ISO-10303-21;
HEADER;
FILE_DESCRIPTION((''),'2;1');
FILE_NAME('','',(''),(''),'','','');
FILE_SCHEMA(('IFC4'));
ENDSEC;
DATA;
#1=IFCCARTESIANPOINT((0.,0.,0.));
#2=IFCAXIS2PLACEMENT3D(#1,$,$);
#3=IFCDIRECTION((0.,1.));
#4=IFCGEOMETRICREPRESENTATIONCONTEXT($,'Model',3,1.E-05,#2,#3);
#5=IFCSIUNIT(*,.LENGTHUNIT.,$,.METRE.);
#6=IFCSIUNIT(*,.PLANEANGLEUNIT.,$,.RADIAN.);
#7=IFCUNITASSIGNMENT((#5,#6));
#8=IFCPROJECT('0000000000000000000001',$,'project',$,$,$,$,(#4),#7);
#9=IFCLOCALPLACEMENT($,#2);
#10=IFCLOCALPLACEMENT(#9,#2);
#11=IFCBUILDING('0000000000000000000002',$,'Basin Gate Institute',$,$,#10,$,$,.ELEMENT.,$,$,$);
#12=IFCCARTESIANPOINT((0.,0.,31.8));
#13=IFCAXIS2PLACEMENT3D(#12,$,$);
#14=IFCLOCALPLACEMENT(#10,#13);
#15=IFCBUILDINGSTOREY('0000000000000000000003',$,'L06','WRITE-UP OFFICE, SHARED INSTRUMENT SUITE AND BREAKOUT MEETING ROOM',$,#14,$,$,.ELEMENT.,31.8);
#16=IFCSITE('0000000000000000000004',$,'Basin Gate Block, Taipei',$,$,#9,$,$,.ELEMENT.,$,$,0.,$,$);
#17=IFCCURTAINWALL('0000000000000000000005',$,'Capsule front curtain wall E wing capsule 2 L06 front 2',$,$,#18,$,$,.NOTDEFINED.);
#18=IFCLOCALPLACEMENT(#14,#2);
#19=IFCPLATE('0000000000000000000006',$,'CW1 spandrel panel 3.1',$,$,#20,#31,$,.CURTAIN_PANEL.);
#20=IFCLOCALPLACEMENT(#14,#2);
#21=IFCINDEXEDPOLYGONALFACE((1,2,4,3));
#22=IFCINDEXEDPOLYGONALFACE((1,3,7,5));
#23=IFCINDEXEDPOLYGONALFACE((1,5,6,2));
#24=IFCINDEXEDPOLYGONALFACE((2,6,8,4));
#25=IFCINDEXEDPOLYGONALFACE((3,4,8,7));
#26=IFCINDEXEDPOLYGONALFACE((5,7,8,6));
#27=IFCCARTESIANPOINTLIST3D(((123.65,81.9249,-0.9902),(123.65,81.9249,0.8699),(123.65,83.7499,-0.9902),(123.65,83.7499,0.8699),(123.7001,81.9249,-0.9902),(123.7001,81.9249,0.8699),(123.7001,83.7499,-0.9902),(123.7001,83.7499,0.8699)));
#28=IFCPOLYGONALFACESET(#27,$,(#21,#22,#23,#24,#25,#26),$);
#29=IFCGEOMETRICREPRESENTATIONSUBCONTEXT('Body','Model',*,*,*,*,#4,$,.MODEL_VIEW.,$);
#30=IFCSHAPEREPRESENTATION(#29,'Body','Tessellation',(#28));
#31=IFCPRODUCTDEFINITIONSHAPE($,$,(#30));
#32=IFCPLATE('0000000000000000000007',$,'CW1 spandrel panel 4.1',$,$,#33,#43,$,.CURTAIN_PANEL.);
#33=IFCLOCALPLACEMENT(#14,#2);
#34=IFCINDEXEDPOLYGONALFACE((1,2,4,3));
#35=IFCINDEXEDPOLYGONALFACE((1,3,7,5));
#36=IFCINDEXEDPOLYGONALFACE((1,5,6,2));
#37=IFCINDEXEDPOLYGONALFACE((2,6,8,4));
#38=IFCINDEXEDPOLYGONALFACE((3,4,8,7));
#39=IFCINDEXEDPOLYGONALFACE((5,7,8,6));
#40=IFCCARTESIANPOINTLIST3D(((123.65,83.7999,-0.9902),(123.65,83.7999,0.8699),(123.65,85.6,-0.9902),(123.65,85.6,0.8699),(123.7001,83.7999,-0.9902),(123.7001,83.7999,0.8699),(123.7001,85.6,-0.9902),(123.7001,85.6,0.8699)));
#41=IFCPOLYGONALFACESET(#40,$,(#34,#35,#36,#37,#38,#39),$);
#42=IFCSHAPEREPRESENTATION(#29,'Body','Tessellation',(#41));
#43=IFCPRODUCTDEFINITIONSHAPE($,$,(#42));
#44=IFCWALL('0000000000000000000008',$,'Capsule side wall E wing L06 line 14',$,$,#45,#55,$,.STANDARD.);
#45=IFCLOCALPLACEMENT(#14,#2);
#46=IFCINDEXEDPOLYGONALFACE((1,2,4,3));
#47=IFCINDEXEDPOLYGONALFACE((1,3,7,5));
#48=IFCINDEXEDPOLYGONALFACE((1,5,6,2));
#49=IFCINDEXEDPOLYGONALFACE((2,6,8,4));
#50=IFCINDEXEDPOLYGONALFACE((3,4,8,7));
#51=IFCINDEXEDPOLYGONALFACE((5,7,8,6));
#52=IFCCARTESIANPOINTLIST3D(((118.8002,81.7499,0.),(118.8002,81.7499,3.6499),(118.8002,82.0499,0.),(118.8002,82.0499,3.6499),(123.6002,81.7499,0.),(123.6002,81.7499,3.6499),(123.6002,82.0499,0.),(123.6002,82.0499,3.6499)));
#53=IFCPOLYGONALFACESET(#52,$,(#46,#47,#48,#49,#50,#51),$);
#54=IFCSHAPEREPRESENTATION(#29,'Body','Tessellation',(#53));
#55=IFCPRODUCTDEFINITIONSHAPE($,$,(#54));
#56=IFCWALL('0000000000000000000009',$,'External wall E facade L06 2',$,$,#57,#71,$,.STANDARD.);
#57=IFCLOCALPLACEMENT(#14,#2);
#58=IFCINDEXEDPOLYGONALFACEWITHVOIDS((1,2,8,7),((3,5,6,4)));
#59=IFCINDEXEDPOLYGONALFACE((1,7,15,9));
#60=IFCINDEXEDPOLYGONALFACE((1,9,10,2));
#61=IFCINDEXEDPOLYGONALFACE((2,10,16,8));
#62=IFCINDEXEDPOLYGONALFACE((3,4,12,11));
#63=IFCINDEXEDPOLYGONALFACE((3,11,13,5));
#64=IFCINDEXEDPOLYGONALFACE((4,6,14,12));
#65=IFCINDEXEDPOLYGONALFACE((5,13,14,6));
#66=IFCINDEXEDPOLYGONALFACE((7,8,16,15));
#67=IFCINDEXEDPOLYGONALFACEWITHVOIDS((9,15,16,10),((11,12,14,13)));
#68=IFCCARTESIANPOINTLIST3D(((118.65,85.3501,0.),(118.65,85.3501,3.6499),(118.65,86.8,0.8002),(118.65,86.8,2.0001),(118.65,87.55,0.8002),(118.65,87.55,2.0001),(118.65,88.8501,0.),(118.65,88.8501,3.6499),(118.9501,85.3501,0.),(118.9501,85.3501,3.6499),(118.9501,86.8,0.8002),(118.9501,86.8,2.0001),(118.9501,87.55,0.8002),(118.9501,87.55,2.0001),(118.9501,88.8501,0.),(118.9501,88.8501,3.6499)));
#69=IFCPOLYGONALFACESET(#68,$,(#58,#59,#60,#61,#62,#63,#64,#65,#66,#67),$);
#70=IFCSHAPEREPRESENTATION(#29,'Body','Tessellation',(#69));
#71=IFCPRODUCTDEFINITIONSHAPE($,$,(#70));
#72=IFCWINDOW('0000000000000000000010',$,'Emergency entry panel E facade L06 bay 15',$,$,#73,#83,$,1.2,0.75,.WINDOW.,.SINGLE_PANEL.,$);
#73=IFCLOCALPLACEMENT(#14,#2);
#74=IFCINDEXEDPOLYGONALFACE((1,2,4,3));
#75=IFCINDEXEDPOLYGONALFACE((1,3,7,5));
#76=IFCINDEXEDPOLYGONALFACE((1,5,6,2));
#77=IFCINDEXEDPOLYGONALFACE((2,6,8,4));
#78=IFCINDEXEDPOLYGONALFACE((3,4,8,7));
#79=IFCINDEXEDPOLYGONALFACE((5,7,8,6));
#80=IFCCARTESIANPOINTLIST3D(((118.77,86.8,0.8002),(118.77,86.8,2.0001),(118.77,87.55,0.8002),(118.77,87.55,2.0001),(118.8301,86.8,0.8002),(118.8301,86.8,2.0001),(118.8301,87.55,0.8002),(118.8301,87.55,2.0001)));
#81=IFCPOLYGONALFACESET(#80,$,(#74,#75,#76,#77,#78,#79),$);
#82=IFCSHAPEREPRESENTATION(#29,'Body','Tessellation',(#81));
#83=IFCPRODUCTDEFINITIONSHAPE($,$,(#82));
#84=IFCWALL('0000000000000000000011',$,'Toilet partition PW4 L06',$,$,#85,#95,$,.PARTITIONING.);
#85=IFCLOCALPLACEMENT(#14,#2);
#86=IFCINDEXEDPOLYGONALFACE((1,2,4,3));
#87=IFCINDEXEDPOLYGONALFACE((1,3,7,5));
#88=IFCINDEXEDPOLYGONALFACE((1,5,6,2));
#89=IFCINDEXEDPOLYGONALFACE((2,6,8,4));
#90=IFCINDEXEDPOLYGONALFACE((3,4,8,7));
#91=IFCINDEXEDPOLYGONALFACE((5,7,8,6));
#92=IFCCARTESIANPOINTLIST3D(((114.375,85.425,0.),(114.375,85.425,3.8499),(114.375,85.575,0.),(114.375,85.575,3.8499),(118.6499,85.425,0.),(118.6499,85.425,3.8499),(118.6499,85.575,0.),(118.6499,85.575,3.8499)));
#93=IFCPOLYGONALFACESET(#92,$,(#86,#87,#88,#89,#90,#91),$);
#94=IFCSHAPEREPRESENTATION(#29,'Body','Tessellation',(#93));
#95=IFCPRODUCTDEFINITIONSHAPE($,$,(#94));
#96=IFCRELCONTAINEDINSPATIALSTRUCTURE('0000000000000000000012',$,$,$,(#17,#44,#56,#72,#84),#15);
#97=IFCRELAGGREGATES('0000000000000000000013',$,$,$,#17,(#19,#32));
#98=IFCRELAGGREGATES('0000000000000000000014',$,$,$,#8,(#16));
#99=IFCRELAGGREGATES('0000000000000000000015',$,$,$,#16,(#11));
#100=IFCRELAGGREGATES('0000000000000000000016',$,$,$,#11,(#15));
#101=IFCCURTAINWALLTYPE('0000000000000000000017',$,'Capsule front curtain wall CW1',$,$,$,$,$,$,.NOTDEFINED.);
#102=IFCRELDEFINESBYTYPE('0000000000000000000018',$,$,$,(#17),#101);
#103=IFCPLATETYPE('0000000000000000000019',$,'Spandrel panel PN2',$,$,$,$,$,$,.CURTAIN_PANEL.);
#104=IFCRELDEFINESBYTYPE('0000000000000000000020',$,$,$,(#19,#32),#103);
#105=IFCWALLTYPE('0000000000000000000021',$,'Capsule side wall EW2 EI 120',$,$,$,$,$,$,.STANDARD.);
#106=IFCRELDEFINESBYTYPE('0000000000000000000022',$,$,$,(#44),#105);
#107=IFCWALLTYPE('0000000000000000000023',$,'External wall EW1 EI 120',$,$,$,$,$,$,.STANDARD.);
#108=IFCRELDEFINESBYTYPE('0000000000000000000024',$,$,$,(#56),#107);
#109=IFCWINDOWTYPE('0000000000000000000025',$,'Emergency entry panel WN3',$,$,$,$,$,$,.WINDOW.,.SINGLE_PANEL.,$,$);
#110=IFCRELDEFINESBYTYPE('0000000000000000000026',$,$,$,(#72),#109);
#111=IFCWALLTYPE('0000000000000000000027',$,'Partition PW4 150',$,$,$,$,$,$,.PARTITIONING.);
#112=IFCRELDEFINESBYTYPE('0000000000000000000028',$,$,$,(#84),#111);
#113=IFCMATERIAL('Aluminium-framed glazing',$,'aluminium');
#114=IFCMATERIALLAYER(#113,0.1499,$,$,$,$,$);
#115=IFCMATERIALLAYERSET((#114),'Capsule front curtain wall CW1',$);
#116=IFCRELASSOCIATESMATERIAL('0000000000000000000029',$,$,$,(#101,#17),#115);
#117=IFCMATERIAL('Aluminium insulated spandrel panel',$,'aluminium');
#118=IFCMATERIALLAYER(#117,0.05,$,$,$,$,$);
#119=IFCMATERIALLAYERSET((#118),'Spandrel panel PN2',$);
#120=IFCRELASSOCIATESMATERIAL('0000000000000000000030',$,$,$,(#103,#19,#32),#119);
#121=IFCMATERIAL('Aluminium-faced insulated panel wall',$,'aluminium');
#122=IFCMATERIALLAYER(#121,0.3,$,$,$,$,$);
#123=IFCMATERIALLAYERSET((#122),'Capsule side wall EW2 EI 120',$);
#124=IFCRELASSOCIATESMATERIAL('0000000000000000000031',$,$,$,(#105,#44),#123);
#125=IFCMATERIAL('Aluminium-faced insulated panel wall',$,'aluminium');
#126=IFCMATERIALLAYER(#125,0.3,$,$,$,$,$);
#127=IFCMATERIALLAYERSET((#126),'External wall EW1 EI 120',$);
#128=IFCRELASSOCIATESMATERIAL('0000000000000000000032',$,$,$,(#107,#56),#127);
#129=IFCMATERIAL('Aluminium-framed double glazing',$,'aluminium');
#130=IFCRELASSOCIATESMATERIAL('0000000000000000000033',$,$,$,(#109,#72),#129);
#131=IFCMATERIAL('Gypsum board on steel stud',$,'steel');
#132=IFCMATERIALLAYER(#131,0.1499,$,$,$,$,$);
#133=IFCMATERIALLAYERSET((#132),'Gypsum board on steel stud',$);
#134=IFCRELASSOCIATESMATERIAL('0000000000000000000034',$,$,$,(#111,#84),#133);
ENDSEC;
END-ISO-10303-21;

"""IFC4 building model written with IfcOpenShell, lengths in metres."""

from ifc_helpers import new_model, si_unit, direction, frame, frame_2d, origin, origin_2d, place, context, subcontext, project, spatial, rectangle, extrude, material, layer, layer_set, type_object, element, fill, aggregate, save


model = new_model("IFC4")

# Units and contexts
model_context = context("Model", 3, precision=1e-05, world=origin(), true_north=direction((0.0, 1.0)))
body_context = subcontext(model_context, "Body", "Model", "MODEL_VIEW")
ifc_project = project(units=[si_unit("LENGTHUNIT", "METRE"), si_unit("PLANEANGLEUNIT", "RADIAN")], contexts=[model_context])

# Site, building, storey
site_placement = place(None, origin())
site = spatial("IfcSite", under=ifc_project, at=site_placement, Name="Basin Gate Block, Taipei", CompositionType="ELEMENT", RefElevation=0.0)
building_placement = place(site_placement, origin())
building = spatial("IfcBuilding", under=site, at=building_placement, Name="Basin Gate Institute", CompositionType="ELEMENT")
storey_placement = place(building_placement, frame((0.0, 0.0, 31.8)))
storey = spatial("IfcBuildingStorey", under=building, at=storey_placement, Name="L06", Description="WRITE-UP OFFICE, SHARED INSTRUMENT SUITE AND BREAKOUT MEETING ROOM", CompositionType="ELEMENT", Elevation=31.8)

# Curtain wall
ifc_material_1 = material(Name="Aluminium-framed glazing", Category="aluminium")
ifc_layer_1 = layer(ifc_material_1, 0.1499)
ifc_layer_set_1 = layer_set([ifc_layer_1], Name="Capsule front curtain wall CW1")
curtain_wall_type = type_object("IfcCurtainWallType", Name="Capsule front curtain wall CW1", PredefinedType="NOTDEFINED", material=ifc_layer_set_1)
curtain_wall_1_placement = place(storey_placement, origin())
curtain_wall_1 = element("IfcCurtainWall", 1, at=curtain_wall_1_placement, inside=storey, type_object=curtain_wall_type, material=ifc_layer_set_1, Name="Capsule front curtain wall E wing capsule 2 L06 front 2", PredefinedType="NOTDEFINED")

# Plates
ifc_material_2 = material(Name="Aluminium insulated spandrel panel", Category="aluminium")
ifc_layer_2 = layer(ifc_material_2, 0.05)
ifc_layer_set_2 = layer_set([ifc_layer_2], Name="Spandrel panel PN2")
plate_type = type_object("IfcPlateType", Name="Spandrel panel PN2", PredefinedType="CURTAIN_PANEL", material=ifc_layer_set_2)
plate_1_placement = place(storey_placement, frame((123.675, 82.8374, -0.9902), z_axis=(0.0, 0.0, 1.0), x_axis=(0.0, 1.0, 0.0)))
plate_1 = element("IfcPlate", 2, at=plate_1_placement, type_object=plate_type, material=ifc_layer_set_2, Name="CW1 spandrel panel 3.1", PredefinedType="CURTAIN_PANEL", context=body_context, shape_type="SweptSolid", body=[
    extrude(rectangle(XDim=1.825, YDim=0.05, at=origin_2d()), origin(), (0.0, 0.0, 1.0), 1.8601),
])
plate_2_placement = place(storey_placement, frame((123.675, 84.7, -0.9902), z_axis=(0.0, 0.0, 1.0), x_axis=(0.0, 1.0, 0.0)))
plate_2 = element("IfcPlate", 3, at=plate_2_placement, type_object=plate_type, material=ifc_layer_set_2, Name="CW1 spandrel panel 4.1", PredefinedType="CURTAIN_PANEL", context=body_context, shape_type="SweptSolid", body=[
    extrude(rectangle(XDim=1.8, YDim=0.05, at=origin_2d()), origin(), (0.0, 0.0, 1.0), 1.8601),
])
aggregate(curtain_wall_1, [plate_1, plate_2])

# Wall
ifc_material_3 = material(Name="Aluminium-faced insulated panel wall", Category="aluminium")
ifc_layer_3 = layer(ifc_material_3, 0.3)
ifc_layer_set_3 = layer_set([ifc_layer_3], Name="Capsule side wall EW2 EI 120")
wall_type_1 = type_object("IfcWallType", Name="Capsule side wall EW2 EI 120", PredefinedType="STANDARD", material=ifc_layer_set_3)
wall_1_placement = place(storey_placement, frame((123.6001, 81.8999, 0.0), z_axis=(0.0, 0.0, 1.0), x_axis=(-1.0, 0.0, 0.0)))
element("IfcWall", 4, at=wall_1_placement, inside=storey, type_object=wall_type_1, material=ifc_layer_set_3, Name="Capsule side wall E wing L06 line 14", PredefinedType="STANDARD", context=body_context, shape_type="SweptSolid", body=[
    extrude(rectangle(XDim=4.8, YDim=0.3, at=frame_2d((2.3999, 0.0))), origin(), (0.0, 0.0, 1.0), 3.6499),
])

# Wall, opening, window
ifc_material_4 = material(Name="Aluminium-faced insulated panel wall", Category="aluminium")
ifc_layer_4 = layer(ifc_material_4, 0.3)
ifc_layer_set_4 = layer_set([ifc_layer_4], Name="External wall EW1 EI 120")
wall_type_2 = type_object("IfcWallType", Name="External wall EW1 EI 120", PredefinedType="STANDARD", material=ifc_layer_set_4)
wall_2_placement = place(storey_placement, frame((118.8, 85.3501, 0.0), z_axis=(0.0, 0.0, 1.0), x_axis=(0.0, 1.0, 0.0)))
wall_2 = element("IfcWall", 5, at=wall_2_placement, inside=storey, type_object=wall_type_2, material=ifc_layer_set_4, Name="External wall E facade L06 2", PredefinedType="STANDARD", context=body_context, shape_type="SweptSolid", body=[
    extrude(rectangle(XDim=3.5, YDim=0.3, at=frame_2d((1.75, 0.0))), origin(), (0.0, 0.0, 1.0), 3.6499),
])
opening_placement = place(wall_2_placement, frame((1.45, 0.0, 0.8)))
opening = element("IfcOpeningElement", 6, at=opening_placement, cuts=wall_2, PredefinedType="OPENING", context=body_context, shape_type="SweptSolid", body=[
    extrude(rectangle(XDim=0.75, YDim=1.2, at=frame_2d((0.375, 0.6001))), frame((0.0, 0.1602, 0.0), z_axis=(0.0, -1.0, 0.0), x_axis=(1.0, 0.0, 0.0)), (0.0, 0.0, 1.0), 0.3201),
])
ifc_material_5 = material(Name="Aluminium-framed double glazing", Category="aluminium")
window_type = type_object("IfcWindowType", Name="Emergency entry panel WN3", PartitioningType="SINGLE_PANEL", PredefinedType="WINDOW", material=ifc_material_5)
window_placement = place(opening_placement, origin())
window = element("IfcWindow", 7, at=window_placement, inside=storey, type_object=window_type, material=ifc_material_5, Name="Emergency entry panel E facade L06 bay 15", OverallHeight=1.2, OverallWidth=0.75, PartitioningType="SINGLE_PANEL", PredefinedType="WINDOW", context=body_context, shape_type="SweptSolid", body=[
    extrude(rectangle(XDim=0.75, YDim=1.2, at=frame_2d((0.375, 0.6001))), frame((0.0, 0.03, 0.0), z_axis=(0.0, -1.0, 0.0), x_axis=(1.0, 0.0, 0.0)), (0.0, 0.0, 1.0), 0.0601),
])
fill(opening, window)

# Wall
ifc_material_6 = material(Name="Gypsum board on steel stud", Category="steel")
ifc_layer_5 = layer(ifc_material_6, 0.1499)
ifc_layer_set_5 = layer_set([ifc_layer_5], Name="Gypsum board on steel stud")
wall_type_3 = type_object("IfcWallType", Name="Partition PW4 150", PredefinedType="PARTITIONING", material=ifc_layer_set_5)
wall_3_placement = place(storey_placement, frame((118.6499, 85.5, 0.0), z_axis=(0.0, 0.0, 1.0), x_axis=(-1.0, 0.0, 0.0)))
element("IfcWall", 8, at=wall_3_placement, inside=storey, type_object=wall_type_3, material=ifc_layer_set_5, Name="Toilet partition PW4 L06", PredefinedType="PARTITIONING", context=body_context, shape_type="SweptSolid", body=[
    extrude(rectangle(XDim=4.2749, YDim=0.1499, at=frame_2d((2.1375, 0.0))), origin(), (0.0, 0.0, 1.0), 3.8499),
])

save(model, "model.ifc")
